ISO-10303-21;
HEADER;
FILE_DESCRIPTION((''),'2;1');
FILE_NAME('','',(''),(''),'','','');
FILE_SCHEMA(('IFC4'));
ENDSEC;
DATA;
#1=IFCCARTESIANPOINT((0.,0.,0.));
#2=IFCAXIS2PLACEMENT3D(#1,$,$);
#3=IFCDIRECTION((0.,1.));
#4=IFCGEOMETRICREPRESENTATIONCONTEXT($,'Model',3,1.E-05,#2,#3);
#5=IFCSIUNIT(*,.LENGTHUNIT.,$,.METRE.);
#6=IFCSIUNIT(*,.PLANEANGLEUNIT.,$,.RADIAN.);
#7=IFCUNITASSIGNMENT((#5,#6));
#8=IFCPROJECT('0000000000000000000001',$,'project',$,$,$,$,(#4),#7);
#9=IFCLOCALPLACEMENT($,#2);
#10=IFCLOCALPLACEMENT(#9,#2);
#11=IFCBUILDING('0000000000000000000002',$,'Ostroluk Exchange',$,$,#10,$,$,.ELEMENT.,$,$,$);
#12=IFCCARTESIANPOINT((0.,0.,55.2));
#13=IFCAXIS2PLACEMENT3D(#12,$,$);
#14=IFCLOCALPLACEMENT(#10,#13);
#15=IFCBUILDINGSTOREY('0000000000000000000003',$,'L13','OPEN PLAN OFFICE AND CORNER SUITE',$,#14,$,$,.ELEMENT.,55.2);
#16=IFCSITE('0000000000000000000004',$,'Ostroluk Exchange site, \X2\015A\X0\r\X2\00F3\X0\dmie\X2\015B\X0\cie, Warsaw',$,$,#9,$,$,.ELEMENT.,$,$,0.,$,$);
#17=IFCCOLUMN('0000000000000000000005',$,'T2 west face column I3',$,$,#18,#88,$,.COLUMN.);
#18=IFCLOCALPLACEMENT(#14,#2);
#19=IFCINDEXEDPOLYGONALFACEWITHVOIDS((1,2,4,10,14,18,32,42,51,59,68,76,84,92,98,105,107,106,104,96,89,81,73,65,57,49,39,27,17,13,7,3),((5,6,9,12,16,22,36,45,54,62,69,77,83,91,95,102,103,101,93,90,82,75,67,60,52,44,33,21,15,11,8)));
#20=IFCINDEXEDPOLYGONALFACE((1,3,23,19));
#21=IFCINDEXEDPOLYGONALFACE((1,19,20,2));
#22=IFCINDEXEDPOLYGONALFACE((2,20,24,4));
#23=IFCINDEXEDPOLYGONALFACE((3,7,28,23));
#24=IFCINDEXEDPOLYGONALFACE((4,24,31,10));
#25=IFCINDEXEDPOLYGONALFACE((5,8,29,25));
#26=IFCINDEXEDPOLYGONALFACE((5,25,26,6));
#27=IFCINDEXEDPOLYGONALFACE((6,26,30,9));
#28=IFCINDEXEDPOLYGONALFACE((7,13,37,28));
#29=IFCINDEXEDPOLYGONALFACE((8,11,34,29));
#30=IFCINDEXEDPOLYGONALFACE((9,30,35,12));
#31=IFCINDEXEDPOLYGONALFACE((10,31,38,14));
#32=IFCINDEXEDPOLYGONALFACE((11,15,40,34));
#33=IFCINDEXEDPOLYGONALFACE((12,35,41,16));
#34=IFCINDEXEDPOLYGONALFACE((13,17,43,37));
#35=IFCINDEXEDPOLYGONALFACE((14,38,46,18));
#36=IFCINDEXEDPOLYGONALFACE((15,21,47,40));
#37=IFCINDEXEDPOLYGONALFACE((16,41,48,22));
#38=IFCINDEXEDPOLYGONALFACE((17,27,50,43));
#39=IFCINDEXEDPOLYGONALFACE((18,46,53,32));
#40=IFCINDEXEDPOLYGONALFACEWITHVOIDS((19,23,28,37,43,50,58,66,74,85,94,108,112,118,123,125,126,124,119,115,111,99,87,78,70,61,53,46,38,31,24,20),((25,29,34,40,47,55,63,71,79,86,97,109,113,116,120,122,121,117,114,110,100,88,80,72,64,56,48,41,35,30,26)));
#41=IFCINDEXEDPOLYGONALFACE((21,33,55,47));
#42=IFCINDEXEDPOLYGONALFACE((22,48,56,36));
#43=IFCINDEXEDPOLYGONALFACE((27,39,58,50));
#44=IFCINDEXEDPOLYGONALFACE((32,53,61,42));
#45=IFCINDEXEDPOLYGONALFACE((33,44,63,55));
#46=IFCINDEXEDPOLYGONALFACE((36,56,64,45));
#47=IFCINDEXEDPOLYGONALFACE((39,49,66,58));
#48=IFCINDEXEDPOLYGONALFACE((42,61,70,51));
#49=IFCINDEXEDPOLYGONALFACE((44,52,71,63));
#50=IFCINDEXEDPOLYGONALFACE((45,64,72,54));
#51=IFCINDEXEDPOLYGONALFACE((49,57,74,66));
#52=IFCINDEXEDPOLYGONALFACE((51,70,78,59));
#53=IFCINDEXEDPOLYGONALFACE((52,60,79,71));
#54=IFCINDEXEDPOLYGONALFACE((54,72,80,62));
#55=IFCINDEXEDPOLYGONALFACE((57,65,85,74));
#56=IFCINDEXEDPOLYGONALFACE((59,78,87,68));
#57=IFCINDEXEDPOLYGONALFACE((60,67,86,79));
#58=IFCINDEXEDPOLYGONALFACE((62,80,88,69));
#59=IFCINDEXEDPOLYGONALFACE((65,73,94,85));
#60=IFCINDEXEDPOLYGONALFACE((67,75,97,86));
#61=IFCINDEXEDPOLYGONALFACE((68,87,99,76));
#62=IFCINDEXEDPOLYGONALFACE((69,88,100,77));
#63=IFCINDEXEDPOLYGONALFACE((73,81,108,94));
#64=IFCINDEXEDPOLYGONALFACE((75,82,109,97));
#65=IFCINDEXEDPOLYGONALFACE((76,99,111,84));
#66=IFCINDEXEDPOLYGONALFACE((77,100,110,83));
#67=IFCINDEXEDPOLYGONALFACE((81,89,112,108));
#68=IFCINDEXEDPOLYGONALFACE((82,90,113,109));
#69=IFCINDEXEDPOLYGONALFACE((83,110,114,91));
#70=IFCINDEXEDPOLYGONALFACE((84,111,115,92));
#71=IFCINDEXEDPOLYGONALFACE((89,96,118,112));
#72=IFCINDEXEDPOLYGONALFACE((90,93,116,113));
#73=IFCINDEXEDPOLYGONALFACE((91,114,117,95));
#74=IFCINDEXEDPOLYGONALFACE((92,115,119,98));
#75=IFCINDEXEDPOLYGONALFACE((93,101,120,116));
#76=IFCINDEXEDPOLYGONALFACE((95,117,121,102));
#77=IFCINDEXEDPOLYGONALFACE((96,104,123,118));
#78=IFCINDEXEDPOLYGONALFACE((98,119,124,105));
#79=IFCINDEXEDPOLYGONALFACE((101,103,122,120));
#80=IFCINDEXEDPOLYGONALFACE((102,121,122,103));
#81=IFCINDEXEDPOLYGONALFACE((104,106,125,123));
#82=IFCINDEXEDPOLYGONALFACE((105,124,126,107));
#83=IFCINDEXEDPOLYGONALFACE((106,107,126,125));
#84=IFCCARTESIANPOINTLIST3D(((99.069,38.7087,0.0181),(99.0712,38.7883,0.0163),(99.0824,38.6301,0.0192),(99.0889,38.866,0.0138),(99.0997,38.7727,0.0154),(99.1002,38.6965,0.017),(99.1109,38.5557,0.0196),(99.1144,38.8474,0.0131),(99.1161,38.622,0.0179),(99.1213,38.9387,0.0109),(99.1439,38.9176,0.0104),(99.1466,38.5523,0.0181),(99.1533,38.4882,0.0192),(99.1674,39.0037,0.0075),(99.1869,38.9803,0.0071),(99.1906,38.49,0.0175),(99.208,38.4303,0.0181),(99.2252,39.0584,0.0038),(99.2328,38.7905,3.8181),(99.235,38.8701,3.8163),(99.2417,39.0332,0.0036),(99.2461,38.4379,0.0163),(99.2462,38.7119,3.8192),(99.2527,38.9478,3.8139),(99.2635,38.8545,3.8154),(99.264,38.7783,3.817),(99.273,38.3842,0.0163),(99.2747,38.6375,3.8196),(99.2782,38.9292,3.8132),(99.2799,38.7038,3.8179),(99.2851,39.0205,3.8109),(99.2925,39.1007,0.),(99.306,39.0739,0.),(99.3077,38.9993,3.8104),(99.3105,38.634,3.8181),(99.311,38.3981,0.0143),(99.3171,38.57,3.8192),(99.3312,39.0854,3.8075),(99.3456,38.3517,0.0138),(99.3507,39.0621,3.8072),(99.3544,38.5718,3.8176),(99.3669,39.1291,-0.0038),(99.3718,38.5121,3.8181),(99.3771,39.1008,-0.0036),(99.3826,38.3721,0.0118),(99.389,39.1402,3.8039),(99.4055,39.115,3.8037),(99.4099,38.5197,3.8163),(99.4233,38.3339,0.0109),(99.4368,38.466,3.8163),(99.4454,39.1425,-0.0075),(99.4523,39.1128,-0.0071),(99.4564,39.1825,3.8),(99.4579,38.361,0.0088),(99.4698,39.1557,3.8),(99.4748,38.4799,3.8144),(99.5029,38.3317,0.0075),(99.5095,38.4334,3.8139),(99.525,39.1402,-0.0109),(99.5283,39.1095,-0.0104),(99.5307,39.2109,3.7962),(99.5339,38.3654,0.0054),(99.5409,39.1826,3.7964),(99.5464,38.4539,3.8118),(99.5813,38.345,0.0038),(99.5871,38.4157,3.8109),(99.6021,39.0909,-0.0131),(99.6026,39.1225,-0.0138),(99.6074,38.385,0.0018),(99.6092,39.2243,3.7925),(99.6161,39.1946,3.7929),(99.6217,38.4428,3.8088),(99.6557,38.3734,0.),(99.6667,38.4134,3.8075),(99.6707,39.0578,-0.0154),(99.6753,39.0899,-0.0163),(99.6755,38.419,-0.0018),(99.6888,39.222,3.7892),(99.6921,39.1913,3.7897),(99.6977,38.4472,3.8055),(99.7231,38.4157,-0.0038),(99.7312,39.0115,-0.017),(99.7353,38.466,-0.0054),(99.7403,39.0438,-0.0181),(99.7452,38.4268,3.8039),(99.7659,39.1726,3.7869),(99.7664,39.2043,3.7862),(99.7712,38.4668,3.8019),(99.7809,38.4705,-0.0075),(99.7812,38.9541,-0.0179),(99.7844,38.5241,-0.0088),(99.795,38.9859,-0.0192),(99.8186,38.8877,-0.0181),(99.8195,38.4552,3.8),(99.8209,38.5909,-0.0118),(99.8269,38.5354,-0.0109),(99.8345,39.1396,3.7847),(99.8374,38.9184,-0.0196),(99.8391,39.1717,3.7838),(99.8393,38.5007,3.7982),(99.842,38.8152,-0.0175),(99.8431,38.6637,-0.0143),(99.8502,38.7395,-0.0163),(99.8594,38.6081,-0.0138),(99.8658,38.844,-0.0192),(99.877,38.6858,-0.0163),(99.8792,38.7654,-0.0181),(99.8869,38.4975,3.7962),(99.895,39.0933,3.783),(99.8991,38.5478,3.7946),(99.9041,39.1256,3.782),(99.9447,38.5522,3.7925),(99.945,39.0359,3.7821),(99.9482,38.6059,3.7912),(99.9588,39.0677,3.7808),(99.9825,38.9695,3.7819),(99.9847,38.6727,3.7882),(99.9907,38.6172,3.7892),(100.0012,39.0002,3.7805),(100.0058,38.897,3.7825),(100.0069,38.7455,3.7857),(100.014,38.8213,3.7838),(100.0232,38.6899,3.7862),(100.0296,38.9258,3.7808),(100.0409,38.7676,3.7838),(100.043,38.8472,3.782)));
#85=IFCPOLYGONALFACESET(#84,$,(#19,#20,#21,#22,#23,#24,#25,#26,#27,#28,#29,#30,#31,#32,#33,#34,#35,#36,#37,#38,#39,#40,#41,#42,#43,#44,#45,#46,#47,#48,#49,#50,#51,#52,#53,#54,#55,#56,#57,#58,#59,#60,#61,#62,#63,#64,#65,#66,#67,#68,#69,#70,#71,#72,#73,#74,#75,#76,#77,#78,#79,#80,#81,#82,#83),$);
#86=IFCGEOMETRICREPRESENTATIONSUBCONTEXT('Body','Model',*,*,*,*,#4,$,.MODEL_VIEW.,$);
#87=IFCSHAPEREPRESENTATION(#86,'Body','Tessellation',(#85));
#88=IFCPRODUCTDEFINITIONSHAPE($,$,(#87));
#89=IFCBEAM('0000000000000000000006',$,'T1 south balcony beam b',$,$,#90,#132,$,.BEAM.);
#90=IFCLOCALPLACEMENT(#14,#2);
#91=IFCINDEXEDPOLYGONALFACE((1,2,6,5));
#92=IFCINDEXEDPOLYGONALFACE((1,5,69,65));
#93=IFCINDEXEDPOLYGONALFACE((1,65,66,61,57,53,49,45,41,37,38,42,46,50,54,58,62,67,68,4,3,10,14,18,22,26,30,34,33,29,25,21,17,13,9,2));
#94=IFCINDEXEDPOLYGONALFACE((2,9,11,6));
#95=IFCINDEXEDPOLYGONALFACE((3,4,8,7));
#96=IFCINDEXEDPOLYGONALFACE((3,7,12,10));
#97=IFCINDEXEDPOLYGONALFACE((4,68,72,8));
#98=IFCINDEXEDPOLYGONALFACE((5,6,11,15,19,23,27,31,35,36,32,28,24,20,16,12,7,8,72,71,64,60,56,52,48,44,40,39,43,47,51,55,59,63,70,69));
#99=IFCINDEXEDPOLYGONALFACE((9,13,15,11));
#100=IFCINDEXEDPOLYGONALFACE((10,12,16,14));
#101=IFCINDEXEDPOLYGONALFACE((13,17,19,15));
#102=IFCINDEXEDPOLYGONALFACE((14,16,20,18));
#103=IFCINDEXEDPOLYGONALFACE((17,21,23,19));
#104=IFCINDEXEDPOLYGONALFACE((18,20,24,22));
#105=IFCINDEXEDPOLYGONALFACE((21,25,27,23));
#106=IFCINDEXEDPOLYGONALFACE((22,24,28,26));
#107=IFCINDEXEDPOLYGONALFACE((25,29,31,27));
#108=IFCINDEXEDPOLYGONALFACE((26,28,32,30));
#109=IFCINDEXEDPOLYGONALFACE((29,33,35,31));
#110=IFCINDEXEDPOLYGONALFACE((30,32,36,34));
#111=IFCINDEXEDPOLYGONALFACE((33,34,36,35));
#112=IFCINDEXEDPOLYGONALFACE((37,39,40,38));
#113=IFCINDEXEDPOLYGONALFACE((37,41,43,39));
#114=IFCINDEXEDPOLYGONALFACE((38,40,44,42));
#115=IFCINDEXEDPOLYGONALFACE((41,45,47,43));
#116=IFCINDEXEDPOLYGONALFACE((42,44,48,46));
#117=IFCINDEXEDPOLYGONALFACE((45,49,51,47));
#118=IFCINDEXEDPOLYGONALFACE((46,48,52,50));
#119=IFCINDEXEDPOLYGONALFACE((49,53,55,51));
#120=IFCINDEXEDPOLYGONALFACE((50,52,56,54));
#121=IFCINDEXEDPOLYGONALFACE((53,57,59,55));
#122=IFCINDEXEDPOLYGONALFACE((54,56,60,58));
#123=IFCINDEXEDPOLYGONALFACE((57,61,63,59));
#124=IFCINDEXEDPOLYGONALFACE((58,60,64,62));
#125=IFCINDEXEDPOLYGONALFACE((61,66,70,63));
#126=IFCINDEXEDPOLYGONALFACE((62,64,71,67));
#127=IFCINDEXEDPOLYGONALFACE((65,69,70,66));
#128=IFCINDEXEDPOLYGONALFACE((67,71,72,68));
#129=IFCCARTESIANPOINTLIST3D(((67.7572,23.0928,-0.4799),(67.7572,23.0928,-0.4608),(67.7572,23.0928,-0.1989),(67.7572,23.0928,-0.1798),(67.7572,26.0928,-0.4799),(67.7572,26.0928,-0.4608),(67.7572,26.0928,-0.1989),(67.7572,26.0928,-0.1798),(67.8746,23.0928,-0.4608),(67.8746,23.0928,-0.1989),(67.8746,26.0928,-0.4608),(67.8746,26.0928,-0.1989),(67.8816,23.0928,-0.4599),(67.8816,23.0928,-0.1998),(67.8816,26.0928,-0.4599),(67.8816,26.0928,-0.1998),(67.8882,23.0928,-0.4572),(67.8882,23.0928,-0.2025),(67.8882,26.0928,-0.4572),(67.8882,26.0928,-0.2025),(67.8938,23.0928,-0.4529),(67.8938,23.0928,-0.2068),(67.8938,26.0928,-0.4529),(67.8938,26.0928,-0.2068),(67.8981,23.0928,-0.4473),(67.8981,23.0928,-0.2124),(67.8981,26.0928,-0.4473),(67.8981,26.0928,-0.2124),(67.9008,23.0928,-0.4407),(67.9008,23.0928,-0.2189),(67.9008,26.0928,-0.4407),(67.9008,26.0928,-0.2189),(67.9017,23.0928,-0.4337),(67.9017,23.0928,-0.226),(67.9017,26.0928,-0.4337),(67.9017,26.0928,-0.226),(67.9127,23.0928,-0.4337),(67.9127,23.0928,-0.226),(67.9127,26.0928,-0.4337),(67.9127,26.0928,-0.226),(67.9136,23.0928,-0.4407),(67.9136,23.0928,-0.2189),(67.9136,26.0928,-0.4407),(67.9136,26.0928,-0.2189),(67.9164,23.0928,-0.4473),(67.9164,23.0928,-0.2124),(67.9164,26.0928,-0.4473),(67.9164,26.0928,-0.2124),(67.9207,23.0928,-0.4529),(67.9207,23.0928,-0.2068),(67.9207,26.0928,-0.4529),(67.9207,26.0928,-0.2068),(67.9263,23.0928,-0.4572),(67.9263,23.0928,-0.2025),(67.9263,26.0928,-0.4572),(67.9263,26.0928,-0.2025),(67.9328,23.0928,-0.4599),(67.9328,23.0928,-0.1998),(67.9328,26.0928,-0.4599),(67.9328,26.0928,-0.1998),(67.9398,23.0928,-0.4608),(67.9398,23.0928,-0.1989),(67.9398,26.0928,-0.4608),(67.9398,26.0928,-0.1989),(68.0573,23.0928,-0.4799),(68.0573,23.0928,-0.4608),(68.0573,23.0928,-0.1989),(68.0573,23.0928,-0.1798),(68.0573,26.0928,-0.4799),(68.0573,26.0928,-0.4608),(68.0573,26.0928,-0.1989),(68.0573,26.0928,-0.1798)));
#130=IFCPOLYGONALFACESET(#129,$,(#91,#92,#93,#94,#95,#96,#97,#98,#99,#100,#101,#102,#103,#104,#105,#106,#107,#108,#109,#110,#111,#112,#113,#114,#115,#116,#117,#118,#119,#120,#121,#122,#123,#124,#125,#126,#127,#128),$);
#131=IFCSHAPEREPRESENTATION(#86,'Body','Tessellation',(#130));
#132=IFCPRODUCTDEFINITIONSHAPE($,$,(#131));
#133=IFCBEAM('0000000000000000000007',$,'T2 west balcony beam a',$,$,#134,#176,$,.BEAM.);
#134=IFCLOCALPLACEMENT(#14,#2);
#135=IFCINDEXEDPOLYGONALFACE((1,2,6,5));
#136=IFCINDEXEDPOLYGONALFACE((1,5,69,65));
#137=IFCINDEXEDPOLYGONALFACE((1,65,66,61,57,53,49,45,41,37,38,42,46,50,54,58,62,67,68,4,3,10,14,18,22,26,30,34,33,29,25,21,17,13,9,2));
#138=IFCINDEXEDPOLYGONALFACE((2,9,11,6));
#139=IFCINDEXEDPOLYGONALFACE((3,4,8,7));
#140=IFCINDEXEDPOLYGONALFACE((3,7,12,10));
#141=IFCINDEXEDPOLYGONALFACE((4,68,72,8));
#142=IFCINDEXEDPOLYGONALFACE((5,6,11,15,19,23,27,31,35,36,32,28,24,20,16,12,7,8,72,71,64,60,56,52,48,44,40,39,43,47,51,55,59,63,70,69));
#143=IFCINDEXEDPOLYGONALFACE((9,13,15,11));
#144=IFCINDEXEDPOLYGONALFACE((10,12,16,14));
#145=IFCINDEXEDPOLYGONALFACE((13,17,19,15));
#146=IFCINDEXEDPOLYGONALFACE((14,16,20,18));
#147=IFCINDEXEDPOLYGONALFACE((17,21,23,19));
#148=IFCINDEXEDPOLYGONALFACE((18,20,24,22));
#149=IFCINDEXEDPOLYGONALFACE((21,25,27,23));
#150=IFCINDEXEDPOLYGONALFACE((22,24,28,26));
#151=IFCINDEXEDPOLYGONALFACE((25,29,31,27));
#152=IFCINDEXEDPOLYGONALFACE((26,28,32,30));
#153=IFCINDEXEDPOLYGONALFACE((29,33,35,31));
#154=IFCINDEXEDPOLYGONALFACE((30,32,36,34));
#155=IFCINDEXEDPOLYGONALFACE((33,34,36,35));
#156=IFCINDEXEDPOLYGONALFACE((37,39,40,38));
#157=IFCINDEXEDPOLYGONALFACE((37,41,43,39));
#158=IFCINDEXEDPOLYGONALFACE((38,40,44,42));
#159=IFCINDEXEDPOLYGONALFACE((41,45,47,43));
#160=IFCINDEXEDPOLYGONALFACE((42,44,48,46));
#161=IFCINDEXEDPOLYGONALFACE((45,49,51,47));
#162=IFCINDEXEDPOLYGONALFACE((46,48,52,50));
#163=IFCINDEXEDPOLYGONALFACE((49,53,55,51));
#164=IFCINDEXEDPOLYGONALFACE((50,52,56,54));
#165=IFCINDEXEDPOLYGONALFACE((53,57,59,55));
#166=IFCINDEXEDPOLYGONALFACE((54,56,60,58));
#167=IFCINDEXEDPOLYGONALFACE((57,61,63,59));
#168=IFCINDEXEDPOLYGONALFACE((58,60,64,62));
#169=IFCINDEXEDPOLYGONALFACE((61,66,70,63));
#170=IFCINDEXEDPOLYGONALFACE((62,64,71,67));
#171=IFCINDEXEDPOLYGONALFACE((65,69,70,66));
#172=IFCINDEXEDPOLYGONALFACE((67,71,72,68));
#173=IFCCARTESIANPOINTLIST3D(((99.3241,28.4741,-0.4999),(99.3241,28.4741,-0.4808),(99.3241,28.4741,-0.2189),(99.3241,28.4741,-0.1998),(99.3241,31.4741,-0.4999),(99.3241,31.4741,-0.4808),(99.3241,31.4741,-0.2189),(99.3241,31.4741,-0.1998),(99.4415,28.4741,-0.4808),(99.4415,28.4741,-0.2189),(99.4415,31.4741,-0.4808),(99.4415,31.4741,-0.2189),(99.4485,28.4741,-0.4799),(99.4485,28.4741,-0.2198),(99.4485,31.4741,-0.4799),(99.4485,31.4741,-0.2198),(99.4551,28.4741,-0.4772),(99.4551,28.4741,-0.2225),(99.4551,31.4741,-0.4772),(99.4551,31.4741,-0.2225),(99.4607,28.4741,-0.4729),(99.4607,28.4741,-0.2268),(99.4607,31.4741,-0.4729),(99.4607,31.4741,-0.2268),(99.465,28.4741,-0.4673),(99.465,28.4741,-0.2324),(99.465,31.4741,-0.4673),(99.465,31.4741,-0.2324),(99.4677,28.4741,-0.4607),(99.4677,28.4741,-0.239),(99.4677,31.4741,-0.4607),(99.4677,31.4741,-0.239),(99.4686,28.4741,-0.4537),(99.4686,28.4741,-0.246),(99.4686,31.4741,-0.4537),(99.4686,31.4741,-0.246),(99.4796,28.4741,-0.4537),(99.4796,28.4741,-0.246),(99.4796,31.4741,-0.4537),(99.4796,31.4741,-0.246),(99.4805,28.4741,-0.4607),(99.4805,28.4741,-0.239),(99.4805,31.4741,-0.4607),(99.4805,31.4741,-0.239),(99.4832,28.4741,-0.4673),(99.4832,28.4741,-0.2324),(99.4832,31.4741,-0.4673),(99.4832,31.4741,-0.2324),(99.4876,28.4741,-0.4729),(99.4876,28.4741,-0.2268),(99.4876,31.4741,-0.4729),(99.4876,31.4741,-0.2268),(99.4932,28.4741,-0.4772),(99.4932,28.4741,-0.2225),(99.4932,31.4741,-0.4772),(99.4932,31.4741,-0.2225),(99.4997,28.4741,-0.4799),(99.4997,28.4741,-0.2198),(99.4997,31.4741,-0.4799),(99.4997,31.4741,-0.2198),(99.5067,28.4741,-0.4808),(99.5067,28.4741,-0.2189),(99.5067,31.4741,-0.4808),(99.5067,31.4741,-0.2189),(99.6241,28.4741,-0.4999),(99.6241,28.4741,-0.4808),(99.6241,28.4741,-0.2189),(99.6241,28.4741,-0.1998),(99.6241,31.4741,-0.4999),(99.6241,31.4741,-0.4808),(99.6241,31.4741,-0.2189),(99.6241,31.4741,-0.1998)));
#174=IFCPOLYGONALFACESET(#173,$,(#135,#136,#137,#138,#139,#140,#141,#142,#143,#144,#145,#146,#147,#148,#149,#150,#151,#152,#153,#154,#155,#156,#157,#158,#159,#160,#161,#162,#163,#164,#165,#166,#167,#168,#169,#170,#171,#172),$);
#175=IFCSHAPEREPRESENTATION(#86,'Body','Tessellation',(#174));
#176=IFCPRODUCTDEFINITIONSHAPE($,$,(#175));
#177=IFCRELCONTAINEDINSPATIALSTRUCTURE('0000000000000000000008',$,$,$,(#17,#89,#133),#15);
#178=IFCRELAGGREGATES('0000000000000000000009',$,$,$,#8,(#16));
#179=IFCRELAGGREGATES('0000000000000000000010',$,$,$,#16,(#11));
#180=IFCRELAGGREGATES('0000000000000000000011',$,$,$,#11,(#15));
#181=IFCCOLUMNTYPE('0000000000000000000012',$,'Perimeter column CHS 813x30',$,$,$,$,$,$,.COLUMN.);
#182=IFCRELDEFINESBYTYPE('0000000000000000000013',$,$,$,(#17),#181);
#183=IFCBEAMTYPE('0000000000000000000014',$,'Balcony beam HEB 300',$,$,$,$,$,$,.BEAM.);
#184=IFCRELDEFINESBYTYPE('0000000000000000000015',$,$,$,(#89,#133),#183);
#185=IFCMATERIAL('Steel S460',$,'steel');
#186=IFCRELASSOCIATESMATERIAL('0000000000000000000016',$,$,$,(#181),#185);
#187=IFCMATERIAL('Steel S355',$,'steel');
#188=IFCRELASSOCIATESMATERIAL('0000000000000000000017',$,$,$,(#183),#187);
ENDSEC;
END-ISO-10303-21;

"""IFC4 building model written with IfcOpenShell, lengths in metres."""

from ifc_helpers import new_model, si_unit, direction, frame, origin, origin_2d, place, context, subcontext, project, spatial, hollow_circle, i_section, extrude, material, material_profile, profile_set, type_object, element, save


model = new_model("IFC4")

# Units and contexts
model_context = context("Model", 3, precision=1e-05, world=origin(), true_north=direction((0.0, 1.0)))
body_context = subcontext(model_context, "Body", "Model", "MODEL_VIEW")
ifc_project = project(units=[si_unit("LENGTHUNIT", "METRE"), si_unit("PLANEANGLEUNIT", "RADIAN")], contexts=[model_context])

# Site, building, storey
site_placement = place(None, origin())
site = spatial("IfcSite", under=ifc_project, at=site_placement, Name="Ostroluk Exchange site, Śródmieście, Warsaw", CompositionType="ELEMENT", RefElevation=0.0)
building_placement = place(site_placement, origin())
building = spatial("IfcBuilding", under=site, at=building_placement, Name="Ostroluk Exchange", CompositionType="ELEMENT")
storey_placement = place(building_placement, frame((0.0, 0.0, 55.2)))
storey = spatial("IfcBuildingStorey", under=building, at=storey_placement, Name="L13", Description="OPEN PLAN OFFICE AND CORNER SUITE", CompositionType="ELEMENT", Elevation=55.2)

# Column
ifc_material_1 = material(Name="Steel S460", Category="steel")
ifc_material_profile_1 = material_profile(ifc_material_1, hollow_circle(Radius=0.4065, WallThickness=0.03, at=origin_2d()), Name="CHS 813x30")
ifc_profile_set_1 = profile_set([ifc_material_profile_1], Name="Steel S460")
column_type = type_object("IfcColumnType", Name="Perimeter column CHS 813x30", PredefinedType="COLUMN", material=ifc_profile_set_1)
column_1_placement = place(storey_placement, frame((99.4741, 38.7371, 0.0), z_axis=(0.04306, 0.021498, 0.998841), x_axis=(-0.44668, 0.894694, 0.0)))
element("IfcColumn", 1, at=column_1_placement, inside=storey, type_object=column_type, Name="T2 west face column I3", PredefinedType="COLUMN", context=body_context, shape_type="SweptSolid", body=[
    extrude(hollow_circle(Radius=0.4065, WallThickness=0.03, at=origin_2d()), origin(), (0.0, 0.0, 1.0), 3.8044),
])

# Beams
ifc_material_2 = material(Name="Steel S355", Category="steel")
ifc_material_profile_2 = material_profile(ifc_material_2, i_section(OverallWidth=0.3, OverallDepth=0.3, WebThickness=0.011, FlangeThickness=0.019, FilletRadius=0.0271, at=origin_2d()), Name="HEB 300")
ifc_profile_set_2 = profile_set([ifc_material_profile_2], Name="Steel S355")
beam_type_1 = type_object("IfcBeamType", Name="Balcony beam HEB 300", PredefinedType="BEAM", material=ifc_profile_set_2)
for number, where, z_axis, x_axis, name in (
    (2, (67.9072, 26.0928, -0.3298), (0.0, -1.0, 0.0), (1.0, 0.0, 0.0), "T1 south balcony beam b"),
    (3, (99.4741, 31.4741, -0.3499), (0.0, -1.0, 0.0), (1.0, 0.0, 0.0), "T2 west balcony beam a"),
):
    element("IfcBeam", number, at=place(storey_placement, frame(where, z_axis=z_axis, x_axis=x_axis)), inside=storey, type_object=beam_type_1, Name=name, PredefinedType="BEAM", context=body_context, shape_type="SweptSolid", body=[
        extrude(i_section(OverallWidth=0.3, OverallDepth=0.3, WebThickness=0.011, FlangeThickness=0.019, FilletRadius=0.0271, at=origin_2d()), origin(), (0.0, 0.0, 1.0), 3.0),
    ])

save(model, "model.ifc")
